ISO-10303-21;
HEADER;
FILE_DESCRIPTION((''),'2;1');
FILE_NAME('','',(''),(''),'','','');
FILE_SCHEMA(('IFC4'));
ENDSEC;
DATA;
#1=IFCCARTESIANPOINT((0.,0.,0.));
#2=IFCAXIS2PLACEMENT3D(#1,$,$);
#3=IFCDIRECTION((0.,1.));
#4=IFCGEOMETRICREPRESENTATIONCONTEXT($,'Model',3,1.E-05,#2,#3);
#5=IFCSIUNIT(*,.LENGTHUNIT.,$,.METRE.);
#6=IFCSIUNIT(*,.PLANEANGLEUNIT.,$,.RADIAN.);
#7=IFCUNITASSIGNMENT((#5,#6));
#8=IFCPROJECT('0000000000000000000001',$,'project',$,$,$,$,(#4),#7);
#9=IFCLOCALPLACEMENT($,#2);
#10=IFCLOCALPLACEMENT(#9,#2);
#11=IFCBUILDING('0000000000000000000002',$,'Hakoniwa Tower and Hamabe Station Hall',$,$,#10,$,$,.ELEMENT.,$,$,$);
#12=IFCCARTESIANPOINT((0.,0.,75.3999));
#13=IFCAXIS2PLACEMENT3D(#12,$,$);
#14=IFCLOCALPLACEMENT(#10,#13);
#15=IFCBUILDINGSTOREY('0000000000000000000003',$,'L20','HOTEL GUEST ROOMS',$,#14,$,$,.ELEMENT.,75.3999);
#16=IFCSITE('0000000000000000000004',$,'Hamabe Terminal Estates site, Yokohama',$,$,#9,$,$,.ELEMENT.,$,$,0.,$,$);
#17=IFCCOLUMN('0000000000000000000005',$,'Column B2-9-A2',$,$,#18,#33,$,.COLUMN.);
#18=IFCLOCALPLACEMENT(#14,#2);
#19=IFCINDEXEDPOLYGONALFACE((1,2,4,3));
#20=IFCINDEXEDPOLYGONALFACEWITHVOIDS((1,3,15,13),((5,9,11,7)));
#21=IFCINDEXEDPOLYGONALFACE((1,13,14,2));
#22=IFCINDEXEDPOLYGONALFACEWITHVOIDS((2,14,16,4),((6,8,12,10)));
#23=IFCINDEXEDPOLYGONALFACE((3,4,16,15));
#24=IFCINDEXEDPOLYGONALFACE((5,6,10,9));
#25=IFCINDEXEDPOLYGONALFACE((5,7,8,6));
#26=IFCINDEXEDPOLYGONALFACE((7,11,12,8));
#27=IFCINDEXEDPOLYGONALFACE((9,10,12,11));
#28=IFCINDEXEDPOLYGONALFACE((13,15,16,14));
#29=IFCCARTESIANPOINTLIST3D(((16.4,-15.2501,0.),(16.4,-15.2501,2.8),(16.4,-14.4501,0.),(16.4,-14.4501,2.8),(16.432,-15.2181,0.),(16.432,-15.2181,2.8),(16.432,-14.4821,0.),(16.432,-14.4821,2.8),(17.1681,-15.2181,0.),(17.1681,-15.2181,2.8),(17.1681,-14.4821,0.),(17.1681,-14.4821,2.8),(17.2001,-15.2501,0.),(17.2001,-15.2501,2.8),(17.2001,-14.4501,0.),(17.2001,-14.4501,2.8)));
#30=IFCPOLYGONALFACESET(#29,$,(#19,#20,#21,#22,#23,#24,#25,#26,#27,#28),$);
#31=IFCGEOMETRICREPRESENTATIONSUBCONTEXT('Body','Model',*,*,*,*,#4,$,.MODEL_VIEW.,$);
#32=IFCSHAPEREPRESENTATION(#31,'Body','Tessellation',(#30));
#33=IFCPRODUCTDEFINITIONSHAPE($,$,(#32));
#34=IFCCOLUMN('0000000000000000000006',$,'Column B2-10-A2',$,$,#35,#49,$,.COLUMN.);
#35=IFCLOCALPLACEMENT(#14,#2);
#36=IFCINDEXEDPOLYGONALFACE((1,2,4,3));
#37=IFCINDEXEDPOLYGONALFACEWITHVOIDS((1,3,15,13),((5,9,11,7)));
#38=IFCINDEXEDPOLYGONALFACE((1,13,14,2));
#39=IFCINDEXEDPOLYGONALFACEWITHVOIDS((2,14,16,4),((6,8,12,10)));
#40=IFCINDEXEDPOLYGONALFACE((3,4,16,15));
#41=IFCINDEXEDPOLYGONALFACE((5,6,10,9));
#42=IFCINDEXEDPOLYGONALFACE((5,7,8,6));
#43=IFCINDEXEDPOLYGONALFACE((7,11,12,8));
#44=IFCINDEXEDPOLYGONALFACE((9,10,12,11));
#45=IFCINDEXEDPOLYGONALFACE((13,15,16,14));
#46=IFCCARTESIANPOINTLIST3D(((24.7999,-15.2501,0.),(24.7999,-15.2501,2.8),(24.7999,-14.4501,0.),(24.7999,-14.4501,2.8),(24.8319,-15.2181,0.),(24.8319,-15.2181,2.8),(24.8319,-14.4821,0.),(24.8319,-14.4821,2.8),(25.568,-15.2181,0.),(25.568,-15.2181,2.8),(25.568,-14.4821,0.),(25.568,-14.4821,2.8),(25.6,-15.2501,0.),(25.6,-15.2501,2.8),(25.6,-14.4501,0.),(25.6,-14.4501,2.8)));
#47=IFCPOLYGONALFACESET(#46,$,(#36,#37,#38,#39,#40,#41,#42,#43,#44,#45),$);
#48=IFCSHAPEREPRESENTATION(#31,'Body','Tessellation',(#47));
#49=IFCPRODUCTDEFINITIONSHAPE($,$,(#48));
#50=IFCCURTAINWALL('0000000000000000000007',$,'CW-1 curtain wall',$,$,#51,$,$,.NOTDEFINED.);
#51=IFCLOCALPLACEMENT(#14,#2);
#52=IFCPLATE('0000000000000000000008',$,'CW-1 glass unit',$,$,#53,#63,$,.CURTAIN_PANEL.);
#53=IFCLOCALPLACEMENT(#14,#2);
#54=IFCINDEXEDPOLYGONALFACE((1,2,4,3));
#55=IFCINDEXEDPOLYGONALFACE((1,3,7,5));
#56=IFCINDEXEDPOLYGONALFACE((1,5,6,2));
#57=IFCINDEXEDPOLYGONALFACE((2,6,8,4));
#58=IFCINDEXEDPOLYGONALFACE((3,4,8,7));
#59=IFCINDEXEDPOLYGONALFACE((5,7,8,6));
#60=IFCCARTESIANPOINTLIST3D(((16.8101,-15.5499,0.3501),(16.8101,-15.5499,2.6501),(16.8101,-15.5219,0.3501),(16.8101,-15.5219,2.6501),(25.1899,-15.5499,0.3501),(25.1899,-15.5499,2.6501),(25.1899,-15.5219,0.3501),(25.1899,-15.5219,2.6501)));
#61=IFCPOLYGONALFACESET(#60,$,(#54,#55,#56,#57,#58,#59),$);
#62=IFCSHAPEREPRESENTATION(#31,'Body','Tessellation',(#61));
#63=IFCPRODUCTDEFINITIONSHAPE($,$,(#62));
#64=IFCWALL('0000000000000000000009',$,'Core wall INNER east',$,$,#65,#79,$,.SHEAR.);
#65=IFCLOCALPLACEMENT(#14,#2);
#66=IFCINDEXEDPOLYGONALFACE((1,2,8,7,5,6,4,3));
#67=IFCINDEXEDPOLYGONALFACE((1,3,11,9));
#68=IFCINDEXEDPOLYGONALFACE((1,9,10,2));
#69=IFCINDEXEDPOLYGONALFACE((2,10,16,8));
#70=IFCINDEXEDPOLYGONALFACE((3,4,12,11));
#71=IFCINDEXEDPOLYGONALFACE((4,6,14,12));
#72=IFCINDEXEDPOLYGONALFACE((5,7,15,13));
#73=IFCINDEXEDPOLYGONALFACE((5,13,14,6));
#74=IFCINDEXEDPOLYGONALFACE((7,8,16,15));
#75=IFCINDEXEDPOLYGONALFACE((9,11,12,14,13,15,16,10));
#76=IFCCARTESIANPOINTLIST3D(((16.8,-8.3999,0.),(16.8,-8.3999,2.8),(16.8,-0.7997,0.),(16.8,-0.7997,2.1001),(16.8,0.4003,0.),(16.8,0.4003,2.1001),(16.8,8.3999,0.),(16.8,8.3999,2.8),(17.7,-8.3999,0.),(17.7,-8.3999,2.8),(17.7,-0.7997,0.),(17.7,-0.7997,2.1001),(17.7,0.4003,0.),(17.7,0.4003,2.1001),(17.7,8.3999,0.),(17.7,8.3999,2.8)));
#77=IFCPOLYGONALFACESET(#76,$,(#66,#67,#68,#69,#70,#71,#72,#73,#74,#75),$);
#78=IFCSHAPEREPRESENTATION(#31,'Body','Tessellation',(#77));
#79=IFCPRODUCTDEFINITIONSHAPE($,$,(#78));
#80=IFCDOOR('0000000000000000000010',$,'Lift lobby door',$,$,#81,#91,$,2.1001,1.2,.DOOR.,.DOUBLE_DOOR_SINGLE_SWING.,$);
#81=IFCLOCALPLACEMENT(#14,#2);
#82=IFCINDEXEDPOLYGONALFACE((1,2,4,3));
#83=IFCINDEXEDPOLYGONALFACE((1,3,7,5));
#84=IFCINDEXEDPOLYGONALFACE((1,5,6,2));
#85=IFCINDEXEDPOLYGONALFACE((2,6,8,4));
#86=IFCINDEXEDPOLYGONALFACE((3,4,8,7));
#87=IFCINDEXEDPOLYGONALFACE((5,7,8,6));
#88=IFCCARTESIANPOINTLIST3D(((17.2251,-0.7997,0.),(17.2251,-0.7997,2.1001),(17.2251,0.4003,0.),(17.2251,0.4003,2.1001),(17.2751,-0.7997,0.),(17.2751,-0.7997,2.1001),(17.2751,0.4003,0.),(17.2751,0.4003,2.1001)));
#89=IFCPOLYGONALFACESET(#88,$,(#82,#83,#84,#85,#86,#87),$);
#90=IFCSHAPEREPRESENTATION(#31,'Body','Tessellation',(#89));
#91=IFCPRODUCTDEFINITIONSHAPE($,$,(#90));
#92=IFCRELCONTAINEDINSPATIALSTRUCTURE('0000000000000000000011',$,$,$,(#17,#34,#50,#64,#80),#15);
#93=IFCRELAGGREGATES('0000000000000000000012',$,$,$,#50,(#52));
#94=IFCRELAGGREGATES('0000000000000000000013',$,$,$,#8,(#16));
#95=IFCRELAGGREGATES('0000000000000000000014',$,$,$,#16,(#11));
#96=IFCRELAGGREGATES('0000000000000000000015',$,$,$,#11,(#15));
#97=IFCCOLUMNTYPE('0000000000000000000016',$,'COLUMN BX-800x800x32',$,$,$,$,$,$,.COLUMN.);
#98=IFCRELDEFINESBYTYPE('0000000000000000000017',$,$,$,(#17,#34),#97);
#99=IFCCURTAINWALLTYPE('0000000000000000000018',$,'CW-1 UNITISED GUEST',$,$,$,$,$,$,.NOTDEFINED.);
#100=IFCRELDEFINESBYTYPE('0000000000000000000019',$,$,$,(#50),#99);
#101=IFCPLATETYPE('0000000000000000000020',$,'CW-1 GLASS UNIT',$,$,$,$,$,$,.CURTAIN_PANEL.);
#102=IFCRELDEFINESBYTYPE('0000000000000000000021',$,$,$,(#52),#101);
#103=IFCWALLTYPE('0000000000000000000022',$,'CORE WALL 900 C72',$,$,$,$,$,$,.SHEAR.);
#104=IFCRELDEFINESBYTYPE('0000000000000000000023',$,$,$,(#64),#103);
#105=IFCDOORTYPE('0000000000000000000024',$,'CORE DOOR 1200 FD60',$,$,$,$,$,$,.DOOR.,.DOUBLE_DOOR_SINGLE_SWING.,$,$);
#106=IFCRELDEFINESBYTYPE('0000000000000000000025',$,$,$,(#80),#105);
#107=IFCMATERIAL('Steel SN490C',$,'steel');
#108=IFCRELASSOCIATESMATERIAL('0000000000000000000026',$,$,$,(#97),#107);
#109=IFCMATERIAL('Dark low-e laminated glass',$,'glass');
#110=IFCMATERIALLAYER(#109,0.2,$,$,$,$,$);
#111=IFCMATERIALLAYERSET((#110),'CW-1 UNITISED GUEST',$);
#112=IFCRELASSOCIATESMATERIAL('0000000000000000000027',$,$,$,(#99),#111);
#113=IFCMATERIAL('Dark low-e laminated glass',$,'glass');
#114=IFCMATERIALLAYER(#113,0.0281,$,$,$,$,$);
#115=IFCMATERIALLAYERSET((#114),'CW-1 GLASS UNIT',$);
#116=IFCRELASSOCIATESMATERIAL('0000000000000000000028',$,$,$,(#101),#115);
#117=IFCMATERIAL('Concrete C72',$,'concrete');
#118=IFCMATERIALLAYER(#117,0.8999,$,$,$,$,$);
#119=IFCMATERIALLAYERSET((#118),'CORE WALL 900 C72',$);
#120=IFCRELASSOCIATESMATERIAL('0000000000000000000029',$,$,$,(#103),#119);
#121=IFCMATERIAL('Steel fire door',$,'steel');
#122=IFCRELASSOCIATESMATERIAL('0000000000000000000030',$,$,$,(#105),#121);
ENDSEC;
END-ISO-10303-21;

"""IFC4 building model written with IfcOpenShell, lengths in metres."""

from ifc_helpers import new_model, si_unit, direction, frame, frame_2d, origin, origin_2d, place, context, subcontext, project, spatial, rectangle, hollow_rectangle, extrude, material, layer, layer_set, material_profile, profile_set, type_object, element, fill, aggregate, save


model = new_model("IFC4")

# Units and contexts
model_context = context("Model", 3, precision=1e-05, world=origin(), true_north=direction((0.0, 1.0)))
body_context = subcontext(model_context, "Body", "Model", "MODEL_VIEW")
ifc_project = project(units=[si_unit("LENGTHUNIT", "METRE"), si_unit("PLANEANGLEUNIT", "RADIAN")], contexts=[model_context])

# Site, building, storey
site_placement = place(None, origin())
site = spatial("IfcSite", under=ifc_project, at=site_placement, Name="Hamabe Terminal Estates site, Yokohama", CompositionType="ELEMENT", RefElevation=0.0)
building_placement = place(site_placement, origin())
building = spatial("IfcBuilding", under=site, at=building_placement, Name="Hakoniwa Tower and Hamabe Station Hall", CompositionType="ELEMENT")
storey_placement = place(building_placement, frame((0.0, 0.0, 75.3999)))
storey = spatial("IfcBuildingStorey", under=building, at=storey_placement, Name="L20", Description="HOTEL GUEST ROOMS", CompositionType="ELEMENT", Elevation=75.3999)

# Columns
ifc_material_1 = material(Name="Steel SN490C", Category="steel")
ifc_material_profile = material_profile(ifc_material_1, hollow_rectangle(XDim=0.8, YDim=0.8, WallThickness=0.032, at=origin_2d()), Name="BX-800x800x32")
ifc_profile_set = profile_set([ifc_material_profile], Name="Steel SN490C")
column_type = type_object("IfcColumnType", Name="COLUMN BX-800x800x32", PredefinedType="COLUMN", material=ifc_profile_set)
for number, where, z_axis, x_axis, name in (
    (1, (16.8, -14.8501, 0.0), (0.0, 0.0, 1.0), (1.0, 0.0, 0.0), "Column B2-9-A2"),
    (2, (25.2, -14.8501, 0.0), (0.0, 0.0, 1.0), (1.0, 0.0, 0.0), "Column B2-10-A2"),
):
    element("IfcColumn", number, at=place(storey_placement, frame(where, z_axis=z_axis, x_axis=x_axis)), inside=storey, type_object=column_type, Name=name, PredefinedType="COLUMN", context=body_context, shape_type="SweptSolid", body=[
        extrude(hollow_rectangle(XDim=0.8, YDim=0.8, WallThickness=0.032, at=origin_2d()), origin(), (0.0, 0.0, 1.0), 2.8),
    ])

# Curtain wall, plate
ifc_material_2 = material(Name="Dark low-e laminated glass", Category="glass")
ifc_layer_1 = layer(ifc_material_2, 0.2)
ifc_layer_set_1 = layer_set([ifc_layer_1], Name="CW-1 UNITISED GUEST")
curtain_wall_type = type_object("IfcCurtainWallType", Name="CW-1 UNITISED GUEST", PredefinedType="NOTDEFINED", material=ifc_layer_set_1)
curtain_wall_placement = place(storey_placement, origin())
curtain_wall = element("IfcCurtainWall", 3, at=curtain_wall_placement, inside=storey, type_object=curtain_wall_type, Name="CW-1 curtain wall", PredefinedType="NOTDEFINED")
ifc_material_3 = material(Name="Dark low-e laminated glass", Category="glass")
ifc_layer_2 = layer(ifc_material_3, 0.0281)
ifc_layer_set_2 = layer_set([ifc_layer_2], Name="CW-1 GLASS UNIT")
plate_type = type_object("IfcPlateType", Name="CW-1 GLASS UNIT", PredefinedType="CURTAIN_PANEL", material=ifc_layer_set_2)
plate_placement = place(storey_placement, frame((21.0, -15.5359, 0.3501), z_axis=(0.0, 0.0, 1.0), x_axis=(1.0, 0.0, 0.0)))
plate = element("IfcPlate", 4, at=plate_placement, type_object=plate_type, Name="CW-1 glass unit", PredefinedType="CURTAIN_PANEL", context=body_context, shape_type="SweptSolid", body=[
    extrude(rectangle(XDim=8.3799, YDim=0.0281, at=origin_2d()), origin(), (0.0, 0.0, 1.0), 2.3),
])
aggregate(curtain_wall, [plate])

# Wall, opening, door
ifc_material_4 = material(Name="Concrete C72", Category="concrete")
ifc_layer_3 = layer(ifc_material_4, 0.8999)
ifc_layer_set_3 = layer_set([ifc_layer_3], Name="CORE WALL 900 C72")
wall_type_1 = type_object("IfcWallType", Name="CORE WALL 900 C72", PredefinedType="SHEAR", material=ifc_layer_set_3)
wall_1_placement = place(storey_placement, frame((17.25, -8.3999, 0.0), z_axis=(0.0, 0.0, 1.0), x_axis=(0.0, 1.0, 0.0)))
wall_1 = element("IfcWall", 5, at=wall_1_placement, inside=storey, type_object=wall_type_1, Name="Core wall INNER east", PredefinedType="SHEAR", context=body_context, shape_type="SweptSolid", body=[
    extrude(rectangle(XDim=16.7998, YDim=0.8999, at=frame_2d((8.3999, 0.0))), origin(), (0.0, 0.0, 1.0), 2.8),
])
opening_1_placement = place(wall_1_placement, frame((7.6001, 0.0, 0.0)))
opening_1 = element("IfcOpeningElement", 6, at=opening_1_placement, cuts=wall_1, PredefinedType="OPENING", context=body_context, shape_type="SweptSolid", body=[
    extrude(rectangle(XDim=1.2, YDim=2.1001, at=frame_2d((0.6001, 1.05))), frame((0.0, 0.46, 0.0), z_axis=(0.0, -1.0, 0.0), x_axis=(1.0, 0.0, 0.0)), (0.0, 0.0, 1.0), 0.9199),
])
ifc_material_5 = material(Name="Steel fire door", Category="steel")
door_type_1 = type_object("IfcDoorType", Name="CORE DOOR 1200 FD60", OperationType="DOUBLE_DOOR_SINGLE_SWING", PredefinedType="DOOR", material=ifc_material_5)
door_1_placement = place(opening_1_placement, origin())
door_1 = element("IfcDoor", 7, at=door_1_placement, inside=storey, type_object=door_type_1, Name="Lift lobby door", OperationType="DOUBLE_DOOR_SINGLE_SWING", OverallHeight=2.1001, OverallWidth=1.2, PredefinedType="DOOR", context=body_context, shape_type="SweptSolid", body=[
    extrude(rectangle(XDim=1.2, YDim=2.1001, at=frame_2d((0.6001, 1.05))), frame((0.0, 0.0249, 0.0), z_axis=(0.0, -1.0, 0.0), x_axis=(1.0, 0.0, 0.0)), (0.0, 0.0, 1.0), 0.05),
])
fill(opening_1, door_1)

save(model, "model.ifc")
